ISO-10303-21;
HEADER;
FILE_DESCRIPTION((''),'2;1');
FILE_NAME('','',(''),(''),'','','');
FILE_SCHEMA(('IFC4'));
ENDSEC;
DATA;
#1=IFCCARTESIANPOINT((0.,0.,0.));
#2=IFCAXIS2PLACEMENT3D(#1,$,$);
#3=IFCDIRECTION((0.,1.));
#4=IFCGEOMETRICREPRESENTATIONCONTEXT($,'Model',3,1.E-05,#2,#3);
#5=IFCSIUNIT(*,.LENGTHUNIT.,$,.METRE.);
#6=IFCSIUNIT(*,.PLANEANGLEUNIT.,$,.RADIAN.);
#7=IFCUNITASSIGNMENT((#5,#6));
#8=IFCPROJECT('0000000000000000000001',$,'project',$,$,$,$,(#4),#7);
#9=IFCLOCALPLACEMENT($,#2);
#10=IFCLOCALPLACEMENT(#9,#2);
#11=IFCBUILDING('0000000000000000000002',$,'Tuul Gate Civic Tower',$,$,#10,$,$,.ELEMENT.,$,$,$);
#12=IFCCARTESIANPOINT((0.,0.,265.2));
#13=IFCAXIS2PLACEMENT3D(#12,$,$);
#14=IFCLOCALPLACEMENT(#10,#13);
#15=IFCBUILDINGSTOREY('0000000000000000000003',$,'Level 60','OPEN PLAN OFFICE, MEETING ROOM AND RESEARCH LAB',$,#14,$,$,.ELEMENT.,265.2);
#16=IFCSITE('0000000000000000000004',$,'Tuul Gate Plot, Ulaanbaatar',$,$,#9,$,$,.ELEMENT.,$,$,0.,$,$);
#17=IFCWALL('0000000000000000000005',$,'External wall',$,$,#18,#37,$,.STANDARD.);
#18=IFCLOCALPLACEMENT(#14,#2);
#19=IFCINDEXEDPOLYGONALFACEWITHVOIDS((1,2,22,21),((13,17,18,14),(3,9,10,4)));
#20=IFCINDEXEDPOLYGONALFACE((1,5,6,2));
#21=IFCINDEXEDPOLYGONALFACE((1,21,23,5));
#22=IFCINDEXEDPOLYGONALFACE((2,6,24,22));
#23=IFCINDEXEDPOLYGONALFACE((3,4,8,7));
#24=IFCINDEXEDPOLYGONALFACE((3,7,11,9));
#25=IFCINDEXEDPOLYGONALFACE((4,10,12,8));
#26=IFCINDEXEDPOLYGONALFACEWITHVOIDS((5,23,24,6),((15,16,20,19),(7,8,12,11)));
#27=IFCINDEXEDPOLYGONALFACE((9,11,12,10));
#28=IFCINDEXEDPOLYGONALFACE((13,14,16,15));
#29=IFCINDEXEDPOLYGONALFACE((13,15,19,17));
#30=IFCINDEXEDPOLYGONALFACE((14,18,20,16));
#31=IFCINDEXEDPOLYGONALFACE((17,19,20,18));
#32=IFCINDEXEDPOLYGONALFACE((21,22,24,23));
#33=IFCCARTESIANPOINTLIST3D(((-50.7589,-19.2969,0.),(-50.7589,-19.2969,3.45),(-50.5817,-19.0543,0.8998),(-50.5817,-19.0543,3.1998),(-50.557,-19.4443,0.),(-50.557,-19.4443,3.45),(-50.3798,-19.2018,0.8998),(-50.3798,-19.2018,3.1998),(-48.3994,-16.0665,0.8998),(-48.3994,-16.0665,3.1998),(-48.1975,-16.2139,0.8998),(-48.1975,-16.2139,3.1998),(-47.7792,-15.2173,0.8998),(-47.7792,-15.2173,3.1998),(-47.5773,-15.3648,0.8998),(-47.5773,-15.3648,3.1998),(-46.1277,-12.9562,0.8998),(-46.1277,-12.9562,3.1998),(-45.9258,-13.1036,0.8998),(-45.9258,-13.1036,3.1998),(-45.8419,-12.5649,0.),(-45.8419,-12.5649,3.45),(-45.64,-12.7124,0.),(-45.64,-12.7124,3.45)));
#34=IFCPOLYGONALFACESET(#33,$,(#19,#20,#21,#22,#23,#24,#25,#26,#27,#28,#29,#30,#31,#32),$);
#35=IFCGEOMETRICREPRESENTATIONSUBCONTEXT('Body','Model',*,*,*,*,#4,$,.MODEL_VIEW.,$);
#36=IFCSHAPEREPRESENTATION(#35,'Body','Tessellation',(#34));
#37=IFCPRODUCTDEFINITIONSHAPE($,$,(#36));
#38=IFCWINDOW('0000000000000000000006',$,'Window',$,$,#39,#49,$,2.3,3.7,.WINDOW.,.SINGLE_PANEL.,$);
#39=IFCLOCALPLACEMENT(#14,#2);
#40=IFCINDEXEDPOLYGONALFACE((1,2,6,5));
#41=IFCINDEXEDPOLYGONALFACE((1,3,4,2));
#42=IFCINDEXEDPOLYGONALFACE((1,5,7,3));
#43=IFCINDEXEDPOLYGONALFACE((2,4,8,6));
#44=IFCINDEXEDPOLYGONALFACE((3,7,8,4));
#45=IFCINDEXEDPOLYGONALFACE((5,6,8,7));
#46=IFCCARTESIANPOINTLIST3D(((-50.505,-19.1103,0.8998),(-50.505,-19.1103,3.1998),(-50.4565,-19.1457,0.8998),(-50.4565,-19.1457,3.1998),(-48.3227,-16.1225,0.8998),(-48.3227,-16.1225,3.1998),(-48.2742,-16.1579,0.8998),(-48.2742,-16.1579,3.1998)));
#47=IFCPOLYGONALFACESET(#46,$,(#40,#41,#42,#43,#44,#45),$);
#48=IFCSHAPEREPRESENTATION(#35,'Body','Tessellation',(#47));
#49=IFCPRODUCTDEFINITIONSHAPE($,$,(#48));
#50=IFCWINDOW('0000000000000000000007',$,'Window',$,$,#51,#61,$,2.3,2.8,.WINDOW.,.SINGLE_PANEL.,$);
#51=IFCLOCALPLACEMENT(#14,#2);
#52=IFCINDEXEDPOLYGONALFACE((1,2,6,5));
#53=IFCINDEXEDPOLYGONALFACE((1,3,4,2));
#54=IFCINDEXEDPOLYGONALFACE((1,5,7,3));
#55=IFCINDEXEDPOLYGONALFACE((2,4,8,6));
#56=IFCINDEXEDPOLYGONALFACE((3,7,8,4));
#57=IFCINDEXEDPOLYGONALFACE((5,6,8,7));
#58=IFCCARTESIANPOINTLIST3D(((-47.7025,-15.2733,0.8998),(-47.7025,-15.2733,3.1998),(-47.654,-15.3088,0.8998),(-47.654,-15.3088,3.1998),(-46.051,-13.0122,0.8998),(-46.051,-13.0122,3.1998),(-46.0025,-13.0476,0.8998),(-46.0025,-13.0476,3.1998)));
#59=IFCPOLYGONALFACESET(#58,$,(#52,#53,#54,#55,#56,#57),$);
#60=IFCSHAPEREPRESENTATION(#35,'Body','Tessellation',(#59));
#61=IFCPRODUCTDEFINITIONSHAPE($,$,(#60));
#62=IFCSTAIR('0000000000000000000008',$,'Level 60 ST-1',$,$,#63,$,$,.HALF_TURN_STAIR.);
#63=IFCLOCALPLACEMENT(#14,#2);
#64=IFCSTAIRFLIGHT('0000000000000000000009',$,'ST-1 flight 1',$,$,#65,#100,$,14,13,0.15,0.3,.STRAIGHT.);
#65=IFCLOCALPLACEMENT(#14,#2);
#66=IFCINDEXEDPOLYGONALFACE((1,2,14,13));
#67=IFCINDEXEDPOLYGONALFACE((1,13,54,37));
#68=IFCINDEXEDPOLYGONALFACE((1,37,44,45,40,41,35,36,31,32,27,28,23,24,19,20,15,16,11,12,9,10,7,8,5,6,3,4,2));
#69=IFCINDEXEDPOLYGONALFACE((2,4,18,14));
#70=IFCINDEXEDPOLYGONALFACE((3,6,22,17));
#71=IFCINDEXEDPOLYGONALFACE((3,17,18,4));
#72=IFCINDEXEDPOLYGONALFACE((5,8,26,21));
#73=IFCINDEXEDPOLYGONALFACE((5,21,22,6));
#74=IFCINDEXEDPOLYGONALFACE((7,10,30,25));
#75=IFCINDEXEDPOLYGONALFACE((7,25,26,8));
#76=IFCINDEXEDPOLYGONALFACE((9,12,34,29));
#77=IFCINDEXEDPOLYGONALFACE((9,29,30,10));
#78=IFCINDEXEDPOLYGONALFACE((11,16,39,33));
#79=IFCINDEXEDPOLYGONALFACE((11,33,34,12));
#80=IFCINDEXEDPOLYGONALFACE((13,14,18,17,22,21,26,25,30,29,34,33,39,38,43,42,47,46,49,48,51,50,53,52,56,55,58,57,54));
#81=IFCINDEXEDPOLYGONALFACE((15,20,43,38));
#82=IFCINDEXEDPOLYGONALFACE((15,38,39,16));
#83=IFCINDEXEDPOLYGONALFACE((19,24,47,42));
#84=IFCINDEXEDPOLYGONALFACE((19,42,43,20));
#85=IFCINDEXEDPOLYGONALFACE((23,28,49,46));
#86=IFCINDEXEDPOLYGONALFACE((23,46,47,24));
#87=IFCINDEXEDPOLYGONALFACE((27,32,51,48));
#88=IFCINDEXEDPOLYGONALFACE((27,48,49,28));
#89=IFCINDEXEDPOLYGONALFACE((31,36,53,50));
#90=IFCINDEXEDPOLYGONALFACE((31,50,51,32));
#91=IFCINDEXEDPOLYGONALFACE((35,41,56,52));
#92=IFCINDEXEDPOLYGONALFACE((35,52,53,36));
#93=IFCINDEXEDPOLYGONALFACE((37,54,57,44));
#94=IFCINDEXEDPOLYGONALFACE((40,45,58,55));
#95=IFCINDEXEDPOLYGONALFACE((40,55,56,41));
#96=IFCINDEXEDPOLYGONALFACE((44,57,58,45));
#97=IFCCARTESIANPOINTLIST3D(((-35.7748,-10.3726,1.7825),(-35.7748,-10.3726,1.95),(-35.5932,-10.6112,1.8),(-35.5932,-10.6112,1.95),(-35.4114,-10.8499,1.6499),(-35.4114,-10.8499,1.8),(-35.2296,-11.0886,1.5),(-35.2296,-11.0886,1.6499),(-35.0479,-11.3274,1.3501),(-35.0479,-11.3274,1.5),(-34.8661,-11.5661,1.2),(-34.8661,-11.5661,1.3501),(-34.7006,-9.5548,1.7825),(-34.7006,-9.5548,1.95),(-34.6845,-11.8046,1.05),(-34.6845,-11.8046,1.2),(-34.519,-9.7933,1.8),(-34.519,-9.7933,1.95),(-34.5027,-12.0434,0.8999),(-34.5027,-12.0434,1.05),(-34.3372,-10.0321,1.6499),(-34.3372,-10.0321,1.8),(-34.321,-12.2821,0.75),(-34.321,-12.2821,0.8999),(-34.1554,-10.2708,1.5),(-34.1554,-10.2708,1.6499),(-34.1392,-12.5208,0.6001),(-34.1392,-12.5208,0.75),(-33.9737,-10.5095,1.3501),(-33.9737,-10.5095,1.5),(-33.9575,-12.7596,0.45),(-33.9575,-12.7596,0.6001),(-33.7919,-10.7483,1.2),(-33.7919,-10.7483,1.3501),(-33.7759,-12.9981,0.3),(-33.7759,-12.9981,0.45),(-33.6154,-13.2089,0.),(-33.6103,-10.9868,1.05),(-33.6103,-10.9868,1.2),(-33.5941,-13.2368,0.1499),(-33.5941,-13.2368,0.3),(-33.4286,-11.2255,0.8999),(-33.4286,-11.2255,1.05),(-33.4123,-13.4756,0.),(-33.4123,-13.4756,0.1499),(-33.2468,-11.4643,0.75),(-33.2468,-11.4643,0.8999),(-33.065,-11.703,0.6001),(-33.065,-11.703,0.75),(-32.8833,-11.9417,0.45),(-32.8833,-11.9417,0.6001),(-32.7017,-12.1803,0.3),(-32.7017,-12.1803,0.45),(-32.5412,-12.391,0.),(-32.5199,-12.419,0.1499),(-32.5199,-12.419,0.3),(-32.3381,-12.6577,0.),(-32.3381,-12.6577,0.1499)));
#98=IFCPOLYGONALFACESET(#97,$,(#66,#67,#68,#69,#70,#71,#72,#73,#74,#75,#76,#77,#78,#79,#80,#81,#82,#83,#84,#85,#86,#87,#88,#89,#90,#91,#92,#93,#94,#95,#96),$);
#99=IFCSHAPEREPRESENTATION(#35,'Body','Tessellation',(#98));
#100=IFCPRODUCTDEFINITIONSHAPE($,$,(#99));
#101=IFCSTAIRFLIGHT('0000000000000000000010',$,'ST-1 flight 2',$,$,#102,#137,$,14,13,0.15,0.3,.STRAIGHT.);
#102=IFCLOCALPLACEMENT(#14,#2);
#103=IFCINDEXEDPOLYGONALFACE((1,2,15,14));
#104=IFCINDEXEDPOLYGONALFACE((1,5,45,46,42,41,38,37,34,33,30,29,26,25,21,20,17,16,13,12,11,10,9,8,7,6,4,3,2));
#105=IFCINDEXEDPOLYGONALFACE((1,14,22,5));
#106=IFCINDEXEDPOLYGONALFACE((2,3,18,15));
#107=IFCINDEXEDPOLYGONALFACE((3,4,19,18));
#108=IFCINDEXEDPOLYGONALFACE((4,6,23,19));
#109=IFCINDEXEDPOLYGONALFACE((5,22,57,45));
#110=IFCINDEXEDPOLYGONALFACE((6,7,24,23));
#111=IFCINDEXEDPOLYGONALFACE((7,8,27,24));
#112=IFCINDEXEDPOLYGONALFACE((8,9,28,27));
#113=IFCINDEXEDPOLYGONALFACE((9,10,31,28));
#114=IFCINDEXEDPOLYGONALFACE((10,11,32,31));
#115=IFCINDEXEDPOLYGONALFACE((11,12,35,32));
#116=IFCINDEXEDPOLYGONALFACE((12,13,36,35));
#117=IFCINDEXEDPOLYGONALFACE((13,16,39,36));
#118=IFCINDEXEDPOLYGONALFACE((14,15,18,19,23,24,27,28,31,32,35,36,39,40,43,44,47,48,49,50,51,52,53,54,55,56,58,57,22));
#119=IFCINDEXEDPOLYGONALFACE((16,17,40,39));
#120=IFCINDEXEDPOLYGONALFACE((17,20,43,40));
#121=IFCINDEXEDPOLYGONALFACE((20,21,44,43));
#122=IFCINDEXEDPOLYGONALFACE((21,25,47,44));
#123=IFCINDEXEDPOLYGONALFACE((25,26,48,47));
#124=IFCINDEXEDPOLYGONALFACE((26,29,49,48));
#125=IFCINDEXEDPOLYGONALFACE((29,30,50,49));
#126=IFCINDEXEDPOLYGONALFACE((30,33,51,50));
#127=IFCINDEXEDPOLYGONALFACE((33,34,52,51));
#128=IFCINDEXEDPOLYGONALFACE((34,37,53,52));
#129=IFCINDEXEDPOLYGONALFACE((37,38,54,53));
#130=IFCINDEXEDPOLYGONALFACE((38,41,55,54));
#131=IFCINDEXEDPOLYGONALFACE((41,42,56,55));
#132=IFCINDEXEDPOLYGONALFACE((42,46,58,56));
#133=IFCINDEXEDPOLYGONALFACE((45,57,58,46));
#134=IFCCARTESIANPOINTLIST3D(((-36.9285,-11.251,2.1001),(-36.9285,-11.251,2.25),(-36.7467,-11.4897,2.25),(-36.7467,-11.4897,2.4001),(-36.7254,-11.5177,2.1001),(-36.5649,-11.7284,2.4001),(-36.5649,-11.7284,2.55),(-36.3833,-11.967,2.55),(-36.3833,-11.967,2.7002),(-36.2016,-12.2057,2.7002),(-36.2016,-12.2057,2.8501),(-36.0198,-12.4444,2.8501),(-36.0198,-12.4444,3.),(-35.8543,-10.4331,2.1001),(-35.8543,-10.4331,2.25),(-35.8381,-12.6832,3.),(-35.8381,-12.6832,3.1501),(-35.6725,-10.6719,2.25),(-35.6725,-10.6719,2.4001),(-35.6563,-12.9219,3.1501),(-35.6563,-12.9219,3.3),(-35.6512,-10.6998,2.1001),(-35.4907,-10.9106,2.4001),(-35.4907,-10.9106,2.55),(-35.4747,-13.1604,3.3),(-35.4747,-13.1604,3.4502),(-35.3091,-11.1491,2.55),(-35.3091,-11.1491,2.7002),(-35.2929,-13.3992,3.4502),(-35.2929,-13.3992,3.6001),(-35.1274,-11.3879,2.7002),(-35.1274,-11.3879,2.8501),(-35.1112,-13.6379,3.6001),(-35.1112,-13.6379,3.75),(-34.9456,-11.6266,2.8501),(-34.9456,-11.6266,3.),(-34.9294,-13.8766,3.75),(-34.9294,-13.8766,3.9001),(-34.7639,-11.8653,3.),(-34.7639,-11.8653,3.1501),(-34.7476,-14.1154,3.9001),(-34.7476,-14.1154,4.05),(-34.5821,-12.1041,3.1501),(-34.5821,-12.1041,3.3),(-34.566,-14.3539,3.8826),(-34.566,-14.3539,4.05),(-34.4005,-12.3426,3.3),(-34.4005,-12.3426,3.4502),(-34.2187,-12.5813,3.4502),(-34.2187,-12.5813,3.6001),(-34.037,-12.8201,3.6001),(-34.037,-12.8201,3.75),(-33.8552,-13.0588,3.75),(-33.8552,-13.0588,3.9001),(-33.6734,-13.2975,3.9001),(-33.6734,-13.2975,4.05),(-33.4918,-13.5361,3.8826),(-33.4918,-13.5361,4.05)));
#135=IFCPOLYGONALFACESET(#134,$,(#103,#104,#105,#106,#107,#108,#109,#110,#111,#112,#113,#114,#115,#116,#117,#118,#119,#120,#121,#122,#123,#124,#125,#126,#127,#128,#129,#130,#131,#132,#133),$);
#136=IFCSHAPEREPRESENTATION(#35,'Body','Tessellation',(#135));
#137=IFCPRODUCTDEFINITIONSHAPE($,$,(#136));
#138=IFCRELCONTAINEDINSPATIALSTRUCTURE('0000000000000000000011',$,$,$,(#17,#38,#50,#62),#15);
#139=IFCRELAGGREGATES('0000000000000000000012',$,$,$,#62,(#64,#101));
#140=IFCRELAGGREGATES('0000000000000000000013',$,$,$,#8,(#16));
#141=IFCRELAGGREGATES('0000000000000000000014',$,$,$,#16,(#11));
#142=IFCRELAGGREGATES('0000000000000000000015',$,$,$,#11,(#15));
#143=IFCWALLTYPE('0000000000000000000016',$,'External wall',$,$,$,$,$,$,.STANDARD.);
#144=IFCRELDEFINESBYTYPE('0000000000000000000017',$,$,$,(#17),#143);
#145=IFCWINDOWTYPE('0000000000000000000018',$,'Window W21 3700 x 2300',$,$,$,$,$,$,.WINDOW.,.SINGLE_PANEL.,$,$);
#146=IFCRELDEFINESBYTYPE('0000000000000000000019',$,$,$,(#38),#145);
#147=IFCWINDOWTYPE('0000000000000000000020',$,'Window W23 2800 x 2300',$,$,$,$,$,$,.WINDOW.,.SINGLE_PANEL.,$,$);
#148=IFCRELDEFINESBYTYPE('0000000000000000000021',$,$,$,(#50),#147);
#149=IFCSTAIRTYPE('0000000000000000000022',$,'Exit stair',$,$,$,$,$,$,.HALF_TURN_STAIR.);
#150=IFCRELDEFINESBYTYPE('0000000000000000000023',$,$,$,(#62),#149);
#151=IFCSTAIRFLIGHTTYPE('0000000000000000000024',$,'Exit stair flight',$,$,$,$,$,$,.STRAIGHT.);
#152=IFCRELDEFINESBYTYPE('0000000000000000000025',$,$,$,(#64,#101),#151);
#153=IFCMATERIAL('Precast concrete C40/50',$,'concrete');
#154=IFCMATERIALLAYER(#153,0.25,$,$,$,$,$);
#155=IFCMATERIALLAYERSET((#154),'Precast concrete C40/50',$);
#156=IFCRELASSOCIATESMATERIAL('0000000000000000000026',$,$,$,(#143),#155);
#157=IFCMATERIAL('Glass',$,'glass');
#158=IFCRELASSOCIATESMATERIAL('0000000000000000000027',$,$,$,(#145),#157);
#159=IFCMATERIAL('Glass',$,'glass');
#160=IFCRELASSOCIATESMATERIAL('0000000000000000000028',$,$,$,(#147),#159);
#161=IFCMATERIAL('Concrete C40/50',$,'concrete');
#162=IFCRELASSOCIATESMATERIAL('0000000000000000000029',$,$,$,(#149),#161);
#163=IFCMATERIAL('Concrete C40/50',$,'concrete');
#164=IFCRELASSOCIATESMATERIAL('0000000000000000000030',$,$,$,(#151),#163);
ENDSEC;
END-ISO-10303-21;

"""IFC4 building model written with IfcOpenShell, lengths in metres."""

from ifc_helpers import new_model, si_unit, direction, frame, frame_2d, origin, place, context, subcontext, project, spatial, polyline, rectangle, outline, extrude, material, layer, layer_set, type_object, element, fill, aggregate, save


model = new_model("IFC4")

# Units and contexts
model_context = context("Model", 3, precision=1e-05, world=origin(), true_north=direction((0.0, 1.0)))
body_context = subcontext(model_context, "Body", "Model", "MODEL_VIEW")
ifc_project = project(units=[si_unit("LENGTHUNIT", "METRE"), si_unit("PLANEANGLEUNIT", "RADIAN")], contexts=[model_context])

# Site, building, storey
site_placement = place(None, origin())
site = spatial("IfcSite", under=ifc_project, at=site_placement, Name="Tuul Gate Plot, Ulaanbaatar", CompositionType="ELEMENT", RefElevation=0.0)
building_placement = place(site_placement, origin())
building = spatial("IfcBuilding", under=site, at=building_placement, Name="Tuul Gate Civic Tower", CompositionType="ELEMENT")
storey_placement = place(building_placement, frame((0.0, 0.0, 265.2)))
storey = spatial("IfcBuildingStorey", under=building, at=storey_placement, Name="Level 60", Description="OPEN PLAN OFFICE, MEETING ROOM AND RESEARCH LAB", CompositionType="ELEMENT", Elevation=265.2)

# Wall, openings, windows
ifc_material_1 = material(Name="Precast concrete C40/50", Category="concrete")
ifc_layer_1 = layer(ifc_material_1, 0.25)
ifc_layer_set_1 = layer_set([ifc_layer_1], Name="Precast concrete C40/50")
wall_type_1 = type_object("IfcWallType", Name="External wall", PredefinedType="STANDARD", material=ifc_layer_set_1)
wall_1_placement = place(storey_placement, frame((-45.741, -12.6387, 0.0), z_axis=(0.0, 0.0, 1.0), x_axis=(-0.589821, -0.807534, 0.0)))
wall_1 = element("IfcWall", 1, at=wall_1_placement, inside=storey, type_object=wall_type_1, Name="External wall", PredefinedType="STANDARD", context=body_context, shape_type="SweptSolid", body=[
    extrude(rectangle(XDim=8.3364, YDim=0.25, at=frame_2d((4.1682, 0.0))), origin(), (0.0, 0.0, 1.0), 3.45),
])
opening_1_placement = place(wall_1_placement, frame((0.4846, 0.0, 0.8999)))
opening_1 = element("IfcOpeningElement", 2, at=opening_1_placement, cuts=wall_1, PredefinedType="OPENING", context=body_context, shape_type="SweptSolid", body=[
    extrude(rectangle(XDim=2.8, YDim=2.3, at=frame_2d((1.3999, 1.1499))), frame((0.0, 0.135, 0.0), z_axis=(0.0, -1.0, 0.0), x_axis=(1.0, 0.0, 0.0)), (0.0, 0.0, 1.0), 0.27),
])
opening_2_placement = place(wall_1_placement, frame((4.3359, 0.0, 0.8999)))
opening_2 = element("IfcOpeningElement", 3, at=opening_2_placement, cuts=wall_1, PredefinedType="OPENING", context=body_context, shape_type="SweptSolid", body=[
    extrude(rectangle(XDim=3.7, YDim=2.3, at=frame_2d((1.8501, 1.1499))), frame((0.0, 0.135, 0.0), z_axis=(0.0, -1.0, 0.0), x_axis=(1.0, 0.0, 0.0)), (0.0, 0.0, 1.0), 0.27),
])
ifc_material_2 = material(Name="Glass", Category="glass")
window_type_1 = type_object("IfcWindowType", Name="Window W21 3700 x 2300", PartitioningType="SINGLE_PANEL", PredefinedType="WINDOW", material=ifc_material_2)
window_1_placement = place(opening_2_placement, origin())
window_1 = element("IfcWindow", 4, at=window_1_placement, inside=storey, type_object=window_type_1, Name="Window", OverallHeight=2.3, OverallWidth=3.7, PartitioningType="SINGLE_PANEL", PredefinedType="WINDOW", context=body_context, shape_type="SweptSolid", body=[
    extrude(rectangle(XDim=3.7, YDim=2.3, at=frame_2d((1.8501, 1.1499))), frame((0.0, 0.03, 0.0), z_axis=(0.0, -1.0, 0.0), x_axis=(1.0, 0.0, 0.0)), (0.0, 0.0, 1.0), 0.0601),
])
fill(opening_2, window_1)
ifc_material_3 = material(Name="Glass", Category="glass")
window_type_2 = type_object("IfcWindowType", Name="Window W23 2800 x 2300", PartitioningType="SINGLE_PANEL", PredefinedType="WINDOW", material=ifc_material_3)
window_2_placement = place(opening_1_placement, origin())
window_2 = element("IfcWindow", 5, at=window_2_placement, inside=storey, type_object=window_type_2, Name="Window", OverallHeight=2.3, OverallWidth=2.8, PartitioningType="SINGLE_PANEL", PredefinedType="WINDOW", context=body_context, shape_type="SweptSolid", body=[
    extrude(rectangle(XDim=2.8, YDim=2.3, at=frame_2d((1.3999, 1.1499))), frame((0.0, 0.03, 0.0), z_axis=(0.0, -1.0, 0.0), x_axis=(1.0, 0.0, 0.0)), (0.0, 0.0, 1.0), 0.0601),
])
fill(opening_1, window_2)

# Stair, stair flights
ifc_material_4 = material(Name="Concrete C40/50", Category="concrete")
stair_type = type_object("IfcStairType", Name="Exit stair", PredefinedType="HALF_TURN_STAIR", material=ifc_material_4)
stair_placement = place(storey_placement, origin())
stair = element("IfcStair", 6, at=stair_placement, inside=storey, type_object=stair_type, Name="Level 60 ST-1", PredefinedType="HALF_TURN_STAIR")
ifc_material_5 = material(Name="Concrete C40/50", Category="concrete")
stair_flight_type = type_object("IfcStairFlightType", Name="Exit stair flight", PredefinedType="STRAIGHT", material=ifc_material_5)
stair_flight_1_placement = place(storey_placement, frame((-32.8752, -13.0667, 0.0), z_axis=(0.0, 0.0, 1.0), x_axis=(-0.605764, 0.795644, 0.0)))
stair_flight_1 = element("IfcStairFlight", 7, at=stair_flight_1_placement, type_object=stair_flight_type, Name="ST-1 flight 1", NumberOfRisers=14, NumberOfTreads=13, PredefinedType="STRAIGHT", RiserHeight=0.15, TreadLength=0.3, context=body_context, shape_type="SweptSolid", body=[
    extrude(outline(polyline([(0.0, 0.0), (0.0, 0.1499), (0.3, 0.1499), (0.3, 0.3), (0.6001, 0.3), (0.6001, 0.45), (0.8999, 0.45), (0.8999, 0.6001), (1.2, 0.6001), (1.2, 0.75), (1.5, 0.75), (1.5, 0.8999), (1.8, 0.8999), (1.8, 1.05), (2.1001, 1.05), (2.1001, 1.2), (2.3999, 1.2), (2.3999, 1.3501), (2.7, 1.3501), (2.7, 1.5), (3.0, 1.5), (3.0, 1.6499), (3.3, 1.6499), (3.3, 1.8), (3.6001, 1.8), (3.6001, 1.95), (3.8999, 1.95), (3.8999, 2.1001), (3.8999, 1.7825), (0.3352, 0.0), (0.0, 0.0)])), frame((0.0, 0.675, 0.0), z_axis=(0.0, -1.0, 0.0), x_axis=(1.0, 0.0, 0.0)), (0.0, 0.0, 1.0), 1.3501),
])
stair_flight_2_placement = place(storey_placement, frame((-36.3914, -10.842, 2.1001), z_axis=(0.0, 0.0, 1.0), x_axis=(0.605764, -0.795644, 0.0)))
stair_flight_2 = element("IfcStairFlight", 8, at=stair_flight_2_placement, type_object=stair_flight_type, Name="ST-1 flight 2", NumberOfRisers=14, NumberOfTreads=13, PredefinedType="STRAIGHT", RiserHeight=0.15, TreadLength=0.3, context=body_context, shape_type="SweptSolid", body=[
    extrude(outline(polyline([(0.0, 0.0), (0.0, 0.1499), (0.3, 0.1499), (0.3, 0.3), (0.6001, 0.3), (0.6001, 0.45), (0.8999, 0.45), (0.8999, 0.6001), (1.2, 0.6001), (1.2, 0.75), (1.5, 0.75), (1.5, 0.8999), (1.8, 0.8999), (1.8, 1.05), (2.1001, 1.05), (2.1001, 1.2), (2.3999, 1.2), (2.3999, 1.3501), (2.7, 1.3501), (2.7, 1.5), (3.0, 1.5), (3.0, 1.6499), (3.3, 1.6499), (3.3, 1.8), (3.6001, 1.8), (3.6001, 1.95), (3.8999, 1.95), (3.8999, 2.1001), (3.8999, 1.7825), (0.3352, 0.0), (0.0, 0.0)])), frame((0.0, 0.675, 0.0), z_axis=(0.0, -1.0, 0.0), x_axis=(1.0, 0.0, 0.0)), (0.0, 0.0, 1.0), 1.3501),
])
aggregate(stair, [stair_flight_1, stair_flight_2])

save(model, "model.ifc")
